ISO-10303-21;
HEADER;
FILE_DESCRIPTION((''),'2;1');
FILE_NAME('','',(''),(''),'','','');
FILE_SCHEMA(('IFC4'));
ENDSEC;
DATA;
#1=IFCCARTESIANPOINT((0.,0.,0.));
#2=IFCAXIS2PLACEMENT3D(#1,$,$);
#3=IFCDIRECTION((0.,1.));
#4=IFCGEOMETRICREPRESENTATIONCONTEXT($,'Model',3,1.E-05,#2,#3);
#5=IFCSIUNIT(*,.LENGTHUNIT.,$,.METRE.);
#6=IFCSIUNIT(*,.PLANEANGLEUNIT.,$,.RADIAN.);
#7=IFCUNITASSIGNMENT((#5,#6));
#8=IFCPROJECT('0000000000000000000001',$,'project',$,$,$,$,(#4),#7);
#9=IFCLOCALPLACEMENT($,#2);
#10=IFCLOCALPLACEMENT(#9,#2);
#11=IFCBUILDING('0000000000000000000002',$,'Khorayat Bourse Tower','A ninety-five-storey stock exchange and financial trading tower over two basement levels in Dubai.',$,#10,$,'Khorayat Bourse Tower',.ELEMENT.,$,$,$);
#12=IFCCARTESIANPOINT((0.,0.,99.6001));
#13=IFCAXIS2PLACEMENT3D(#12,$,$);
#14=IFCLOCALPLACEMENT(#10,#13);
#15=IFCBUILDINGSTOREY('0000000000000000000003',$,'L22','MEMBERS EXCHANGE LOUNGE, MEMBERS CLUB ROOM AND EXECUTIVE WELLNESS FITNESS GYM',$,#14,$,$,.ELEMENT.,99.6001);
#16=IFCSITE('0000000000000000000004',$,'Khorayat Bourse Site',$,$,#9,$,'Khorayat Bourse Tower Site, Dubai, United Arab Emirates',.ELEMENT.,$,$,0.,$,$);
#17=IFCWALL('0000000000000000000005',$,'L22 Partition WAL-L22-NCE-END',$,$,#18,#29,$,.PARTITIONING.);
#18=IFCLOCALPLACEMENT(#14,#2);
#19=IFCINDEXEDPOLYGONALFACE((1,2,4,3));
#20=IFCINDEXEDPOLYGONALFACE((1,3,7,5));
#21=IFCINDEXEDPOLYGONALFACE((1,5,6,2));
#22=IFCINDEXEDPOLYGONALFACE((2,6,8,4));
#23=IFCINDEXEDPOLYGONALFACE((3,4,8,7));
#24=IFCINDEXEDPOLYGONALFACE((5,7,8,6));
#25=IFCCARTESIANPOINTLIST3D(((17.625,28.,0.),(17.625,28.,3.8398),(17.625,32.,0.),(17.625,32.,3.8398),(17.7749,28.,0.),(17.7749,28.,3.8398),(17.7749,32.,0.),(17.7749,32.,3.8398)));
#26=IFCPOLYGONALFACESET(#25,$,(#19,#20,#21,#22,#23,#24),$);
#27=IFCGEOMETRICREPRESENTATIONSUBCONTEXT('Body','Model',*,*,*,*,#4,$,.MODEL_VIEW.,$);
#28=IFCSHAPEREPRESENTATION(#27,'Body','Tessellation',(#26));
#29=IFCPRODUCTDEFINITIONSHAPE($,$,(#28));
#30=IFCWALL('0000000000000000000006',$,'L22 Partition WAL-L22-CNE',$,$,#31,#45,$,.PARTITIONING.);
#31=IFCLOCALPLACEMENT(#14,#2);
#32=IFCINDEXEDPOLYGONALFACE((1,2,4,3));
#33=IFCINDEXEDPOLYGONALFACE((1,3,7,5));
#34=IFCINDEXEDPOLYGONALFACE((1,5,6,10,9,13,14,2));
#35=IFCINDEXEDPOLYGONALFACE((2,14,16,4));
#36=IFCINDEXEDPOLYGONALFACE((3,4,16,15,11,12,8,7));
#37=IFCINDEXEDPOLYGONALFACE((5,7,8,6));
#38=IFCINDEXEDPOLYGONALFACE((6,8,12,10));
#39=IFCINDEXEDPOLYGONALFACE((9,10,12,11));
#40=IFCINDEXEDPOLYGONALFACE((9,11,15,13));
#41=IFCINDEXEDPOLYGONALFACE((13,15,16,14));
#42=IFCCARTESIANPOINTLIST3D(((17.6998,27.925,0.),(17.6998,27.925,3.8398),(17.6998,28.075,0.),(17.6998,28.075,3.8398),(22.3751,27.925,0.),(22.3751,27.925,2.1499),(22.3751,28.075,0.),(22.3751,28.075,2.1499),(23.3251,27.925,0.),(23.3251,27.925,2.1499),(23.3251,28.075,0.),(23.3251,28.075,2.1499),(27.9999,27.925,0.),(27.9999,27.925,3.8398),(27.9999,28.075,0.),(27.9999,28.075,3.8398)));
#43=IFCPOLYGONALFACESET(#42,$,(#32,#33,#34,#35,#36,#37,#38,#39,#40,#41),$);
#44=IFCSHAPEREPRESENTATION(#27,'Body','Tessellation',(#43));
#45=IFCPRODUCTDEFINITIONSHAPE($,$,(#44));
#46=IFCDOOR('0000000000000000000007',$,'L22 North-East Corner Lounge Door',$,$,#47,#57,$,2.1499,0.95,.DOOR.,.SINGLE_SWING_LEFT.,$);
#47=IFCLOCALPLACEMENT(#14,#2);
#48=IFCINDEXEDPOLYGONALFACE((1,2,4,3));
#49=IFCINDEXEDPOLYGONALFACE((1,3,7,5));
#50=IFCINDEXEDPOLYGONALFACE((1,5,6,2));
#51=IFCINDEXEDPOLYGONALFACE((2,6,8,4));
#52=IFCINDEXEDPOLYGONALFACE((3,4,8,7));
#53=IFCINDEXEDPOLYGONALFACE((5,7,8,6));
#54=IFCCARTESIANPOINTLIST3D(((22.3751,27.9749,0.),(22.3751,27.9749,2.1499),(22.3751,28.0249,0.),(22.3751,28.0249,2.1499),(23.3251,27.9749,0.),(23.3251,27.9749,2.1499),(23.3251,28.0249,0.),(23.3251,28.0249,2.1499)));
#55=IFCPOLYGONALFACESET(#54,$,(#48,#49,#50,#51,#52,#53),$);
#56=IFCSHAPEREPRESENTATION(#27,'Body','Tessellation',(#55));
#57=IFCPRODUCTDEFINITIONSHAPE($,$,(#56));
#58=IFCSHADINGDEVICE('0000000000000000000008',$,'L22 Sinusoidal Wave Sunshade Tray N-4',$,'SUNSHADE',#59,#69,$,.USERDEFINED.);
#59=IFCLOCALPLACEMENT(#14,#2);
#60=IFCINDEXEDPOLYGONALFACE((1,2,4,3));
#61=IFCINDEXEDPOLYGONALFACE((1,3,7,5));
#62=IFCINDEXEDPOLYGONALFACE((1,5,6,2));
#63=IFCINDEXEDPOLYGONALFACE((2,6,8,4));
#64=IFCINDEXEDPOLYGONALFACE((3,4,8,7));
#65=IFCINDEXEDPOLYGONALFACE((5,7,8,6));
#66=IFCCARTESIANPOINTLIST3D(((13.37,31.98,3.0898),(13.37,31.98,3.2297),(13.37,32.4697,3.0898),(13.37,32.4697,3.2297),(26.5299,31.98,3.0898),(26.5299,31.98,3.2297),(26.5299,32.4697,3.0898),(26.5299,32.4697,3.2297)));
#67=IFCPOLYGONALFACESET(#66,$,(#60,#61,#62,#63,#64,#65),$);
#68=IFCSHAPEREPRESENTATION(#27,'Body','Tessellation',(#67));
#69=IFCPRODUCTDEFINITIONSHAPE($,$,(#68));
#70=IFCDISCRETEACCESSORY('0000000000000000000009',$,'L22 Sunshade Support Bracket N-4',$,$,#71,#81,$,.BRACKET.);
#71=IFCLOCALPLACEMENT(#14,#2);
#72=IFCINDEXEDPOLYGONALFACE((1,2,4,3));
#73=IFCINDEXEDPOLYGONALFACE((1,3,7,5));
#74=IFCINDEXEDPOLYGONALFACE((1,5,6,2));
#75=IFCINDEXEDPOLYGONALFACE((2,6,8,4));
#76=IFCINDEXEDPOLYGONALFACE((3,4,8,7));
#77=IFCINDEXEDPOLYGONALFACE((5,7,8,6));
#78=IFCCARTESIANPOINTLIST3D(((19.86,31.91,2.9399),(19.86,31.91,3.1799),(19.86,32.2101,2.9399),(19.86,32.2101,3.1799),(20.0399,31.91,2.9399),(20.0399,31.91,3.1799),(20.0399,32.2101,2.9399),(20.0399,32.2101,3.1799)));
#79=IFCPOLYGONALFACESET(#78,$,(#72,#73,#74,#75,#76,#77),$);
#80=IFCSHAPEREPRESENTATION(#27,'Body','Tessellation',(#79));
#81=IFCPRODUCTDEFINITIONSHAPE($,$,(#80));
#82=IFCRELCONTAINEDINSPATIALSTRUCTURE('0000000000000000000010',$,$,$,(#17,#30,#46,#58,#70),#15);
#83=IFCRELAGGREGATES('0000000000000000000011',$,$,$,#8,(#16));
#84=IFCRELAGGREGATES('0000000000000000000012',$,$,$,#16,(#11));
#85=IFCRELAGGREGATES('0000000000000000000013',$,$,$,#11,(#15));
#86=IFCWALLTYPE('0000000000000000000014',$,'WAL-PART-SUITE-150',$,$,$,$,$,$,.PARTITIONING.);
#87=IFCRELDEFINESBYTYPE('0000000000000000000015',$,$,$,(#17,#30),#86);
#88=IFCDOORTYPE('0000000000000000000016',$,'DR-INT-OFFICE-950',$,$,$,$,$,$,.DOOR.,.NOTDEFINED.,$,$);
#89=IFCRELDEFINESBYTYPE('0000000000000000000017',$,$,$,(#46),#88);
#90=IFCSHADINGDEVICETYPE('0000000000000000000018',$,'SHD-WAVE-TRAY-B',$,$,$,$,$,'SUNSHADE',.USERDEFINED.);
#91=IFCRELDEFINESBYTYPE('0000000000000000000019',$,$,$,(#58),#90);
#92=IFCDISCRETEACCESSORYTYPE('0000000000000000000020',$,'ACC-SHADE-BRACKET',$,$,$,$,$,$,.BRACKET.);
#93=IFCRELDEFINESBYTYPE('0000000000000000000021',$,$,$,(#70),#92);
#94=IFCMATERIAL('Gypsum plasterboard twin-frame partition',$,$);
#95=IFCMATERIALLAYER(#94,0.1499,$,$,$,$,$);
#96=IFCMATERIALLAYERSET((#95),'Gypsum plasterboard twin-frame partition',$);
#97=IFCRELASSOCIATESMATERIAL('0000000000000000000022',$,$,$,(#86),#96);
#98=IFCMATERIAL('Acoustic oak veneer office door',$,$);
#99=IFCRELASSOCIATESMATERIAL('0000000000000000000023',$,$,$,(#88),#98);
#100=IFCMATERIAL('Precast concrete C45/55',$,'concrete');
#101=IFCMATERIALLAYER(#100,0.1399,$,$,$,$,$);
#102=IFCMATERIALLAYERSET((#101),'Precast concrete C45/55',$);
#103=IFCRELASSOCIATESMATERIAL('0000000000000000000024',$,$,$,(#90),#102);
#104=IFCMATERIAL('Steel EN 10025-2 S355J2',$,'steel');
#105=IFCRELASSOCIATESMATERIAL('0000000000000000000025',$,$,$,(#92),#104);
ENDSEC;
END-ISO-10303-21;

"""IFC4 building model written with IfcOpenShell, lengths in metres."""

from ifc_helpers import new_model, si_unit, direction, frame, frame_2d, origin, origin_2d, place, context, subcontext, project, spatial, rectangle, extrude, source, transform, mapped, material, layer, layer_set, type_object, element, fill, save


model = new_model("IFC4")

# Units and contexts
model_context = context("Model", 3, precision=1e-05, world=origin(), true_north=direction((0.0, 1.0)))
body_context = subcontext(model_context, "Body", "Model", "MODEL_VIEW")
ifc_project = project(units=[si_unit("LENGTHUNIT", "METRE"), si_unit("PLANEANGLEUNIT", "RADIAN")], contexts=[model_context])

# Site, building, storey
site_placement = place(None, origin())
site = spatial("IfcSite", under=ifc_project, at=site_placement, Name="Khorayat Bourse Site", LongName="Khorayat Bourse Tower Site, Dubai, United Arab Emirates", CompositionType="ELEMENT", RefElevation=0.0)
building_placement = place(site_placement, origin())
building = spatial("IfcBuilding", under=site, at=building_placement, Name="Khorayat Bourse Tower", Description="A ninety-five-storey stock exchange and financial trading tower over two basement levels in Dubai.", LongName="Khorayat Bourse Tower", CompositionType="ELEMENT")
storey_placement = place(building_placement, frame((0.0, 0.0, 99.6001)))
storey = spatial("IfcBuildingStorey", under=building, at=storey_placement, Name="L22", Description="MEMBERS EXCHANGE LOUNGE, MEMBERS CLUB ROOM AND EXECUTIVE WELLNESS FITNESS GYM", CompositionType="ELEMENT", Elevation=99.6001)

# Shared definitions
ifc_material_1 = material(Name="Steel EN 10025-2 S355J2", Category="steel")

# Shared definitions
ifc_material_2 = material(Name="Precast concrete C45/55", Category="concrete")

# Wall
ifc_material_3 = material(Name="Gypsum plasterboard twin-frame partition")
ifc_layer_1 = layer(ifc_material_3, 0.1499)
ifc_layer_set_1 = layer_set([ifc_layer_1], Name="Gypsum plasterboard twin-frame partition")
wall_type_1 = type_object("IfcWallType", Name="WAL-PART-SUITE-150", PredefinedType="PARTITIONING", material=ifc_layer_set_1)
shared_shape_1 = source(origin(), body_context, "Body", "SweptSolid", [
    extrude(rectangle(XDim=4.0, YDim=0.1499, at=frame_2d((2.0, 0.0))), origin(), (0.0, 0.0, 1.0), 3.8398),
])
wall_1_placement = place(storey_placement, frame((17.7, 28.0, 0.0), z_axis=(0.0, 0.0, 1.0), x_axis=(0.0, 1.0, 0.0)))
element("IfcWall", 1, at=wall_1_placement, inside=storey, type_object=wall_type_1, Name="L22 Partition WAL-L22-NCE-END", PredefinedType="PARTITIONING", context=body_context, shape_type="MappedRepresentation", body=[
    mapped(shared_shape_1, transform((0.0, 0.0, 0.0), scale=1.0)),
])

# Wall, opening, door
shared_shape_2 = source(origin(), body_context, "Body", "SweptSolid", [
    extrude(rectangle(XDim=10.3, YDim=0.1499, at=frame_2d((5.1499, 0.0))), origin(), (0.0, 0.0, 1.0), 3.8398),
])
wall_2_placement = place(storey_placement, frame((17.7, 28.0, 0.0), z_axis=(0.0, 0.0, 1.0), x_axis=(1.0, 0.0, 0.0)))
wall_2 = element("IfcWall", 2, at=wall_2_placement, inside=storey, type_object=wall_type_1, Name="L22 Partition WAL-L22-CNE", PredefinedType="PARTITIONING", context=body_context, shape_type="MappedRepresentation", body=[
    mapped(shared_shape_2, transform((0.0, 0.0, 0.0), scale=1.0)),
])
shared_shape_3 = source(origin(), body_context, "Body", "SweptSolid", [
    extrude(rectangle(XDim=0.95, YDim=2.1499, at=frame_2d((0.4751, 1.075))), frame((0.0, 0.085, 0.0), z_axis=(0.0, -1.0, 0.0), x_axis=(1.0, 0.0, 0.0)), (0.0, 0.0, 1.0), 0.1699),
])
opening_1_placement = place(wall_2_placement, frame((4.675, 0.0, 0.0)))
opening_1 = element("IfcOpeningElement", 3, at=opening_1_placement, cuts=wall_2, PredefinedType="OPENING", context=body_context, shape_type="MappedRepresentation", body=[
    mapped(shared_shape_3, transform((0.0, 0.0, 0.0), scale=1.0)),
])
ifc_material_4 = material(Name="Acoustic oak veneer office door")
door_type = type_object("IfcDoorType", Name="DR-INT-OFFICE-950", OperationType="NOTDEFINED", PredefinedType="DOOR", material=ifc_material_4)
shared_shape_4 = source(origin(), body_context, "Body", "SweptSolid", [
    extrude(rectangle(XDim=0.95, YDim=2.1499, at=frame_2d((0.4751, 1.075))), frame((0.0, 0.0249, 0.0), z_axis=(0.0, -1.0, 0.0), x_axis=(1.0, 0.0, 0.0)), (0.0, 0.0, 1.0), 0.05),
])
door_placement = place(opening_1_placement, origin())
door = element("IfcDoor", 4, at=door_placement, inside=storey, type_object=door_type, Name="L22 North-East Corner Lounge Door", OperationType="SINGLE_SWING_LEFT", OverallHeight=2.1499, OverallWidth=0.95, PredefinedType="DOOR", context=body_context, shape_type="MappedRepresentation", body=[
    mapped(shared_shape_4, transform((0.0, 0.0, 0.0), scale=1.0)),
])
fill(opening_1, door)

# Shading device
ifc_layer_2 = layer(ifc_material_2, 0.1399)
ifc_layer_set_2 = layer_set([ifc_layer_2], Name="Precast concrete C45/55")
shading_device_type = type_object("IfcShadingDeviceType", Name="SHD-WAVE-TRAY-B", ElementType="SUNSHADE", PredefinedType="USERDEFINED", material=ifc_layer_set_2)
shared_shape_5 = source(origin(), body_context, "Body", "SweptSolid", [
    extrude(rectangle(XDim=13.1599, YDim=0.4897, at=origin_2d()), origin(), (0.0, 0.0, 1.0), 0.1399),
])
shading_device_placement = place(storey_placement, frame((19.95, 32.2249, 3.0898), z_axis=(0.0, 0.0, 1.0), x_axis=(1.0, 0.0, 0.0)))
element("IfcShadingDevice", 5, at=shading_device_placement, inside=storey, type_object=shading_device_type, Name="L22 Sinusoidal Wave Sunshade Tray N-4", ObjectType="SUNSHADE", PredefinedType="USERDEFINED", context=body_context, shape_type="MappedRepresentation", body=[
    mapped(shared_shape_5, transform((0.0, 0.0, 0.0), scale=1.0)),
])

# Discrete accessory
discrete_accessory_type = type_object("IfcDiscreteAccessoryType", Name="ACC-SHADE-BRACKET", PredefinedType="BRACKET", material=ifc_material_1)
shared_shape_6 = source(origin(), body_context, "Body", "SweptSolid", [
    extrude(rectangle(XDim=0.1799, YDim=0.3, at=origin_2d()), origin(), (0.0, 0.0, 1.0), 0.24),
])
discrete_accessory_placement = place(storey_placement, frame((19.95, 32.0601, 2.9399), z_axis=(0.0, 0.0, 1.0), x_axis=(1.0, 0.0, 0.0)))
element("IfcDiscreteAccessory", 6, at=discrete_accessory_placement, inside=storey, type_object=discrete_accessory_type, Name="L22 Sunshade Support Bracket N-4", PredefinedType="BRACKET", context=body_context, shape_type="MappedRepresentation", body=[
    mapped(shared_shape_6, transform((0.0, 0.0, 0.0), scale=1.0)),
])

save(model, "model.ifc")
